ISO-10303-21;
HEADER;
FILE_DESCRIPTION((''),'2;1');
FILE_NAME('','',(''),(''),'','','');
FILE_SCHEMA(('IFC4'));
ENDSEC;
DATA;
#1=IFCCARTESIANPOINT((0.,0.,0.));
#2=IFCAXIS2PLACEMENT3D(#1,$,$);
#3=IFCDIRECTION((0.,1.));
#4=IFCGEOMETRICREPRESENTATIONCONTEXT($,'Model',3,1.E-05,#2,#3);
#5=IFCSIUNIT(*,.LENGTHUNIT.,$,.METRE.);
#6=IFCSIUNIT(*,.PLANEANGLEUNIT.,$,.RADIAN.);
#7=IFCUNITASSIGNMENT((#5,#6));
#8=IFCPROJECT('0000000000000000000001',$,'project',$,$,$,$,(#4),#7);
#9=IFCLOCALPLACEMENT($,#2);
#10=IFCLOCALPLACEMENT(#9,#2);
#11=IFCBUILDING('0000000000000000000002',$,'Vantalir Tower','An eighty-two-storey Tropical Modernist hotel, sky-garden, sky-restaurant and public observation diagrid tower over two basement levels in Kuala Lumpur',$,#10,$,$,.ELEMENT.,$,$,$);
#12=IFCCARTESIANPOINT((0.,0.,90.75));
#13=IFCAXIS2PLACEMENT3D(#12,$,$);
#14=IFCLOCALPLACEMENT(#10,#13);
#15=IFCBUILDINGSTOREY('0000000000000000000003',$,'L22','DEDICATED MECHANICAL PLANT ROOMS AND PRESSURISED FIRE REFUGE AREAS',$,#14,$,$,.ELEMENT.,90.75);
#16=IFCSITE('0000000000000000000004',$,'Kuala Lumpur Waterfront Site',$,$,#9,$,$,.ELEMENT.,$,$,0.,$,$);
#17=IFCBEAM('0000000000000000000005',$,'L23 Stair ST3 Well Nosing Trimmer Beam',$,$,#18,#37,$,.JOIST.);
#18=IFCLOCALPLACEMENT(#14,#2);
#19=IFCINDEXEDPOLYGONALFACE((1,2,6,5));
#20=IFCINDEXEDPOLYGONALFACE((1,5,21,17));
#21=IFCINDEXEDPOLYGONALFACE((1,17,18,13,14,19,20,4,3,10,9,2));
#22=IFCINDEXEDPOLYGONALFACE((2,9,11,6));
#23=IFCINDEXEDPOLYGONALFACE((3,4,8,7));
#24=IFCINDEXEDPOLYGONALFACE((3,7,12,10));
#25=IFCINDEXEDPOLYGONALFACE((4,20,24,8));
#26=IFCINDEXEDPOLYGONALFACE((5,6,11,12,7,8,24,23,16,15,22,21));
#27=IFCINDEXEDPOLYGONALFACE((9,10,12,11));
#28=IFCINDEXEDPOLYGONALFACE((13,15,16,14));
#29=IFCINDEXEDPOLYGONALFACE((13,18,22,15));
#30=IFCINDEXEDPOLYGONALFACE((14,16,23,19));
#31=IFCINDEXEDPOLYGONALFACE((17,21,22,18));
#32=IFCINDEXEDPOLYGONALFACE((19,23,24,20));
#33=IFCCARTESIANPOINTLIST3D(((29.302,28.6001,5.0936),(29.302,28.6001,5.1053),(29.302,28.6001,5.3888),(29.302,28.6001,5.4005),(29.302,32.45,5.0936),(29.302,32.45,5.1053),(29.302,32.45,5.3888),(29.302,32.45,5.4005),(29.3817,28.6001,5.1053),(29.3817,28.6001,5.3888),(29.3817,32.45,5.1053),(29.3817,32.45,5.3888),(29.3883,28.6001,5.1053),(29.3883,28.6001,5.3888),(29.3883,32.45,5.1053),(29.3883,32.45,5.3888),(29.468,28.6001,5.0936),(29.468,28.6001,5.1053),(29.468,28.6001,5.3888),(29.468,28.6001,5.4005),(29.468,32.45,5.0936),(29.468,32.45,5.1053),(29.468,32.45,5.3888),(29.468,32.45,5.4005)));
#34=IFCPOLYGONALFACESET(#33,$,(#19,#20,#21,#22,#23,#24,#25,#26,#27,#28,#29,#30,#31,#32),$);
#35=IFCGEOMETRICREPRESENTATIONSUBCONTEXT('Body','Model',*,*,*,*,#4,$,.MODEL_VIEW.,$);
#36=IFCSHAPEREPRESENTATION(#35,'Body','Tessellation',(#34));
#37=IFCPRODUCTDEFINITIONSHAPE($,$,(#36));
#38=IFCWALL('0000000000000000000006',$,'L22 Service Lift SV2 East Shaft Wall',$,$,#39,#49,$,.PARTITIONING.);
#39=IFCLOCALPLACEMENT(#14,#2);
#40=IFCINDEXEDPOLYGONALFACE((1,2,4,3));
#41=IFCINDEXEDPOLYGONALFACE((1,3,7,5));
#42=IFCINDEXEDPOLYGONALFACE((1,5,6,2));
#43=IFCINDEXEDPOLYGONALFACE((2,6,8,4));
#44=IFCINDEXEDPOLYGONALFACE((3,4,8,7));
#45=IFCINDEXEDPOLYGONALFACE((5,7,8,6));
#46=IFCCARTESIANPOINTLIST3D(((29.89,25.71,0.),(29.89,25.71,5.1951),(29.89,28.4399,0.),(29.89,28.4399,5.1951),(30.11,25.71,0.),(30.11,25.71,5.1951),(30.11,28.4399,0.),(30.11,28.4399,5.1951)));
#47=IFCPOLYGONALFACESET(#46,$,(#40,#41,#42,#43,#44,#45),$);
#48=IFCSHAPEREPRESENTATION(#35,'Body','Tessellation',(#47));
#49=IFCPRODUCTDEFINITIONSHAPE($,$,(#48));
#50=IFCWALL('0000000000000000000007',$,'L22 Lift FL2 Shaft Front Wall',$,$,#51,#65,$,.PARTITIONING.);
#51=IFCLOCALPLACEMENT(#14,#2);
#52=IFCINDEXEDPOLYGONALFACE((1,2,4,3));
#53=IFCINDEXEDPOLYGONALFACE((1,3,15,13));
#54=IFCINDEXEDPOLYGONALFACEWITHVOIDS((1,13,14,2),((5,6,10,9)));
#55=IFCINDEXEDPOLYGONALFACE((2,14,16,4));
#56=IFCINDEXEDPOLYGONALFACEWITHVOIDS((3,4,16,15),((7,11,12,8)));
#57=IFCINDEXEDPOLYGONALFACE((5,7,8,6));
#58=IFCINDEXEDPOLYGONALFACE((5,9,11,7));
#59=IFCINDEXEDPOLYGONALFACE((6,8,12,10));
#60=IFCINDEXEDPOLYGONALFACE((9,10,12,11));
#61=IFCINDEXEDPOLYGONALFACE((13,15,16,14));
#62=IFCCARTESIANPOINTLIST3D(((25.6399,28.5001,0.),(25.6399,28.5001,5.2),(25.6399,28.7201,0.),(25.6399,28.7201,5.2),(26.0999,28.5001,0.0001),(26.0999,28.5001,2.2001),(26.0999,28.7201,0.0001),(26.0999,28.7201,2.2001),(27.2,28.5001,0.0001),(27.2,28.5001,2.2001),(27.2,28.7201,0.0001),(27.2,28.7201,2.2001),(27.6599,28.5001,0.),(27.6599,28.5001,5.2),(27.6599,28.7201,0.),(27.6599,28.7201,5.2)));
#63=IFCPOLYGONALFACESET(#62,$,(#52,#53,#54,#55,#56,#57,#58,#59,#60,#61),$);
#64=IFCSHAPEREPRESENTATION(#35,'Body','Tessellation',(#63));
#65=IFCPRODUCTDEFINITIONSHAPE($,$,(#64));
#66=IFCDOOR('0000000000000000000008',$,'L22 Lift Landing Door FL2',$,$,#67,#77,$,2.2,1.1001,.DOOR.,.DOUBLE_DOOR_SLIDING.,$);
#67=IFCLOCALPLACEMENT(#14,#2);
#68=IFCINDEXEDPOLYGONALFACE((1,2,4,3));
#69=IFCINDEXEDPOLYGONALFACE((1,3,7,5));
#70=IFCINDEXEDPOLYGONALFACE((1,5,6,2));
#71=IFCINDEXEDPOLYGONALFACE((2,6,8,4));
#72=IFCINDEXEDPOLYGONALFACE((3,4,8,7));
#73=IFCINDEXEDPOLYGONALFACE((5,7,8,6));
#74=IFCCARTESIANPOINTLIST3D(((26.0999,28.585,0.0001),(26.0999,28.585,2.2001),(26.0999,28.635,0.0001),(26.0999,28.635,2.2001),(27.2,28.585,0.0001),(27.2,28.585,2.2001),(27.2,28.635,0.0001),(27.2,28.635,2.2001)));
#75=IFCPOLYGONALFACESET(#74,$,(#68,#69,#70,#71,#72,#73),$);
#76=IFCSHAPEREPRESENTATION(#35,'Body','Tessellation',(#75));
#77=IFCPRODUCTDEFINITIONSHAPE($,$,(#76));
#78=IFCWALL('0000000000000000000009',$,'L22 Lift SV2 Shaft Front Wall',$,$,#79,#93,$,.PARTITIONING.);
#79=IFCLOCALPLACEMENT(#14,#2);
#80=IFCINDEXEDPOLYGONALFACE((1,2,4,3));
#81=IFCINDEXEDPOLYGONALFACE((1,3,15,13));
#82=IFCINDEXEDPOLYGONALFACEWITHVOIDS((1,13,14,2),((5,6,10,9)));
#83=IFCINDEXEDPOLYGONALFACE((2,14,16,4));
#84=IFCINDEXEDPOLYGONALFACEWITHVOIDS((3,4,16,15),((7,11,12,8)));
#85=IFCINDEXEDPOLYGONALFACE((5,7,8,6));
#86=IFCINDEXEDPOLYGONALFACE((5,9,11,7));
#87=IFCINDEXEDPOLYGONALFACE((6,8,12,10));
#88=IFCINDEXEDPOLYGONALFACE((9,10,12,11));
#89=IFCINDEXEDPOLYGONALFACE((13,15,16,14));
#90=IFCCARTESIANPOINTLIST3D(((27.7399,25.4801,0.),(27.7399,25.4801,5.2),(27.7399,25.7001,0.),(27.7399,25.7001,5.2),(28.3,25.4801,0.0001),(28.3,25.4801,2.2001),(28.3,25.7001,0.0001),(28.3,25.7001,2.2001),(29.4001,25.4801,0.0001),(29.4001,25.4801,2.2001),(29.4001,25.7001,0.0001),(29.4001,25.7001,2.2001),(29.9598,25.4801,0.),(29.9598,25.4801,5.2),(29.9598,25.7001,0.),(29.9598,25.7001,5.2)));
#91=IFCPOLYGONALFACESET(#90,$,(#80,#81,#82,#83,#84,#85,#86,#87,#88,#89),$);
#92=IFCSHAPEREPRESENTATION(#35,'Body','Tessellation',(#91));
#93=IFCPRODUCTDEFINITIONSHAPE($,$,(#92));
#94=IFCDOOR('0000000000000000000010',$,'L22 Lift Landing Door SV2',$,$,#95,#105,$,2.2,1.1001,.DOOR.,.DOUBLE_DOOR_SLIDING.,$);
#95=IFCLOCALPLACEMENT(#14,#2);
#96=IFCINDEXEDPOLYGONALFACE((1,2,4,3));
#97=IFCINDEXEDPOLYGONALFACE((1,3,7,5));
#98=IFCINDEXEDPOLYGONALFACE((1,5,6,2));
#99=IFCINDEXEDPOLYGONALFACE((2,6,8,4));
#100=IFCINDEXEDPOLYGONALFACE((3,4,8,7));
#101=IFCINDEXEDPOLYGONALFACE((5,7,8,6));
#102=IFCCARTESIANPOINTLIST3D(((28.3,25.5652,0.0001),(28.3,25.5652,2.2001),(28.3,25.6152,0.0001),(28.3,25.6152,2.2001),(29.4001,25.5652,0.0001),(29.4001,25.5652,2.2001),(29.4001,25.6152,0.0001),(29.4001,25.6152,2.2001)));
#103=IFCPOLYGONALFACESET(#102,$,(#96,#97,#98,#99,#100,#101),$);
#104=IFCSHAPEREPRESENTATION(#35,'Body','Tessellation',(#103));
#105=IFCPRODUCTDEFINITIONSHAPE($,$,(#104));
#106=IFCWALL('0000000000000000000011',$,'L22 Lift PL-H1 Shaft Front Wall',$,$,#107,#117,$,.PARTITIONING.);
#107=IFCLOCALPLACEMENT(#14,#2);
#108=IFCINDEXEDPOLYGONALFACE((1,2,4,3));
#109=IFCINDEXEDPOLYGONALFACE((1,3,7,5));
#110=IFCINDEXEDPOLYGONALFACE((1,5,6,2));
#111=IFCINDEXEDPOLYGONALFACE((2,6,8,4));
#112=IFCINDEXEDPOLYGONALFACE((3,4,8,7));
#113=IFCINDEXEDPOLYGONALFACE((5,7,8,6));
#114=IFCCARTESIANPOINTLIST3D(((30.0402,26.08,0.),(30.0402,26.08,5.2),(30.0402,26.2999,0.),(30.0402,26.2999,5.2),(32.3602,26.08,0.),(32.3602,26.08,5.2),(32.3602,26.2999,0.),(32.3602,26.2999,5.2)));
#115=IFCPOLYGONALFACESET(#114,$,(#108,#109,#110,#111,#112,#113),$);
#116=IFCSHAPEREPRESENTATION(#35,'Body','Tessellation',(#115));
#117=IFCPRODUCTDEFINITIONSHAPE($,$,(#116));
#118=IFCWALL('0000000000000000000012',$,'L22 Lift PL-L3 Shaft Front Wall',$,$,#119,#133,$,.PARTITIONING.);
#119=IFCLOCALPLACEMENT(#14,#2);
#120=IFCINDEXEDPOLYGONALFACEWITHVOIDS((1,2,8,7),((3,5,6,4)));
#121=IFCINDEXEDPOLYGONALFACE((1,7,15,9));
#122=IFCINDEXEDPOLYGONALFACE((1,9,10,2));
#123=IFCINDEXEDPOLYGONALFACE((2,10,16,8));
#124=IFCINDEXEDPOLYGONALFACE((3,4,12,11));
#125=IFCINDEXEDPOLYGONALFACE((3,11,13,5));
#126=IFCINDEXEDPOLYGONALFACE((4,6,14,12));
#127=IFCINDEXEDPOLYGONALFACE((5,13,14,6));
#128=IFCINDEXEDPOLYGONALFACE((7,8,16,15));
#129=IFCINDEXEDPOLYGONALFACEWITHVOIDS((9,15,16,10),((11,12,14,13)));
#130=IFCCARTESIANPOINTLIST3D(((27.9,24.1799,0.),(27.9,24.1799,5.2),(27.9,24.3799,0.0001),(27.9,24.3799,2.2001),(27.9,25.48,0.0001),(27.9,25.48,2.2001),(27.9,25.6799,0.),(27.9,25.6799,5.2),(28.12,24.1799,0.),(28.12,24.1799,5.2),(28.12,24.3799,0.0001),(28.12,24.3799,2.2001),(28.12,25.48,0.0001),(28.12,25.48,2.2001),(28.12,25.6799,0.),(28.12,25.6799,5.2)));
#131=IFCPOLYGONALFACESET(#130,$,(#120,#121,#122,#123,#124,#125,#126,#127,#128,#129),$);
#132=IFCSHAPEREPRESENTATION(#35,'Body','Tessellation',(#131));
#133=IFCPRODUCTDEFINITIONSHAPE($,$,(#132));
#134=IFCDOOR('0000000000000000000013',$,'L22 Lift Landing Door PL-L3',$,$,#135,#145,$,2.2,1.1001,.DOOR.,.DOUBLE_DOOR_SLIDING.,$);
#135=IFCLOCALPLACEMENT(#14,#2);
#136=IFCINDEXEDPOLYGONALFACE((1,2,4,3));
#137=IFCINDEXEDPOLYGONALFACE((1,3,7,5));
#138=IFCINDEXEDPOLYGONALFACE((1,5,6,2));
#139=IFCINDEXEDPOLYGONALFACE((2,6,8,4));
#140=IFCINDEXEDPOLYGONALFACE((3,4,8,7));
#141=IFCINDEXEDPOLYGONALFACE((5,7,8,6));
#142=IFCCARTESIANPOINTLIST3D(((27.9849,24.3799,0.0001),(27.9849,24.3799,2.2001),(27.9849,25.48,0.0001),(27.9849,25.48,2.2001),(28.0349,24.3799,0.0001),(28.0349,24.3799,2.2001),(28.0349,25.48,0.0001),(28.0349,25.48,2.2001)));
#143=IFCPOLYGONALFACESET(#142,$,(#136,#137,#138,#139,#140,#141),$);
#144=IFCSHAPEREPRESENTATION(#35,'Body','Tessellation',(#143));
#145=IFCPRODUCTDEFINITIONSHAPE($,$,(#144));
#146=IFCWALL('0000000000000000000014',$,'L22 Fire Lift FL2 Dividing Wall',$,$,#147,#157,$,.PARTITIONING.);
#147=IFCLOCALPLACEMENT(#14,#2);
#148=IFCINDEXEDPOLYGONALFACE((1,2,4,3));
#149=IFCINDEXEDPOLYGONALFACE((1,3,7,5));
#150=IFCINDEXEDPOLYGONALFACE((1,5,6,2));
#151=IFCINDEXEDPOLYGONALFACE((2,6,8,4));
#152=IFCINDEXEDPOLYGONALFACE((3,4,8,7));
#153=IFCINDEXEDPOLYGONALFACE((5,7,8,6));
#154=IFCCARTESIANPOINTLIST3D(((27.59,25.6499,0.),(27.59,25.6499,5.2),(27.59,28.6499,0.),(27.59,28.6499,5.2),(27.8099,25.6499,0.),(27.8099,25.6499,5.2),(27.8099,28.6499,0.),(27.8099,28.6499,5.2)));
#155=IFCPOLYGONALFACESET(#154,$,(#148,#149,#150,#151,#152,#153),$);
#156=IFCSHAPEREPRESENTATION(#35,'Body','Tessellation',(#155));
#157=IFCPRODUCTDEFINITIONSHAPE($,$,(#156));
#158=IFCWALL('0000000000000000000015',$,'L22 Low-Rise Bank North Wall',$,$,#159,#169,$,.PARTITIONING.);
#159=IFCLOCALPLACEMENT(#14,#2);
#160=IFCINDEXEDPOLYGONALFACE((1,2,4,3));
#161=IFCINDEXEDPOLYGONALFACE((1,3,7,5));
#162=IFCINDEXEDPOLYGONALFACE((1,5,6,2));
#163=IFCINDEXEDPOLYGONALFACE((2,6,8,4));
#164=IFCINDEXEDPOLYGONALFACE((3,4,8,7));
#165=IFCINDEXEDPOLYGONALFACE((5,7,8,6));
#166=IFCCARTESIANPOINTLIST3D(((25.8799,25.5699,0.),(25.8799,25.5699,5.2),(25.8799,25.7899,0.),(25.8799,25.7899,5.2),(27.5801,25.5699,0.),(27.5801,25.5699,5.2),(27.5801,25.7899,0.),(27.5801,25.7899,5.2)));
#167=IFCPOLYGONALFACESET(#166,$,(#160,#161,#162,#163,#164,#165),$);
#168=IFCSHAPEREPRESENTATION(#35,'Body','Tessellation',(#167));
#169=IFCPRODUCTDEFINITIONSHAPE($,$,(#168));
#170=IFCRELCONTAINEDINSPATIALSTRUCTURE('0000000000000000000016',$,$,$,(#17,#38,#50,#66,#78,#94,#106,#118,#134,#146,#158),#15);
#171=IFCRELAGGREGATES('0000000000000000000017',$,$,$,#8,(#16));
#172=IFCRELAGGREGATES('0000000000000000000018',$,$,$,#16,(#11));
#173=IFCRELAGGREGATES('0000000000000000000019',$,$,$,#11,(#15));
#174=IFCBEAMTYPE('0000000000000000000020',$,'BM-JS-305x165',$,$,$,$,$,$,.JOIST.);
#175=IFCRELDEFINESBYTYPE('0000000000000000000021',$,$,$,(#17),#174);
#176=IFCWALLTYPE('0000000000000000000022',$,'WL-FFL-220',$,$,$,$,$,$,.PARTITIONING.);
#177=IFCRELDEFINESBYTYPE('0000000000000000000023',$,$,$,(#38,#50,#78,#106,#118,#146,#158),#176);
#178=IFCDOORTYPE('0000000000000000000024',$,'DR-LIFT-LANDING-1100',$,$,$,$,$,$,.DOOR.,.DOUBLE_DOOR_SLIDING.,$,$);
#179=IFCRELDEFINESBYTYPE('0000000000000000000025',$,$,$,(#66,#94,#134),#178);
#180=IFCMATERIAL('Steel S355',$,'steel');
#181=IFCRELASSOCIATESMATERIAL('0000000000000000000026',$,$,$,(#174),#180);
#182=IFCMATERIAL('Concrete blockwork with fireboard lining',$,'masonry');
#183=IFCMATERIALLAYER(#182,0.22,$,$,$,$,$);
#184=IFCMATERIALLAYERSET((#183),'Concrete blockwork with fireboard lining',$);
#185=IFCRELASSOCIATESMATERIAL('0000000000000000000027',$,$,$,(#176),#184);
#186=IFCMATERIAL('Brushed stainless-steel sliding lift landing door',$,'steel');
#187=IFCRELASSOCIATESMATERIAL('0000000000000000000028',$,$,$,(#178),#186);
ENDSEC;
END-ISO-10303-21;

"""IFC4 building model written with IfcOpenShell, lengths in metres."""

from ifc_helpers import new_model, si_unit, direction, frame, frame_2d, origin, origin_2d, place, context, subcontext, project, spatial, rectangle, i_section, extrude, material, layer, layer_set, material_profile, profile_set, type_object, element, fill, save


model = new_model("IFC4")

# Units and contexts
model_context = context("Model", 3, precision=1e-05, world=origin(), true_north=direction((0.0, 1.0)))
body_context = subcontext(model_context, "Body", "Model", "MODEL_VIEW")
ifc_project = project(units=[si_unit("LENGTHUNIT", "METRE"), si_unit("PLANEANGLEUNIT", "RADIAN")], contexts=[model_context])

# Site, building, storey
site_placement = place(None, origin())
site = spatial("IfcSite", under=ifc_project, at=site_placement, Name="Kuala Lumpur Waterfront Site", CompositionType="ELEMENT", RefElevation=0.0)
building_placement = place(site_placement, origin())
building = spatial("IfcBuilding", under=site, at=building_placement, Name="Vantalir Tower", Description="An eighty-two-storey Tropical Modernist hotel, sky-garden, sky-restaurant and public observation diagrid tower over two basement levels in Kuala Lumpur", CompositionType="ELEMENT")
storey_placement = place(building_placement, frame((0.0, 0.0, 90.75)))
storey = spatial("IfcBuildingStorey", under=building, at=storey_placement, Name="L22", Description="DEDICATED MECHANICAL PLANT ROOMS AND PRESSURISED FIRE REFUGE AREAS", CompositionType="ELEMENT", Elevation=90.75)

# Beam
ifc_material_1 = material(Name="Steel S355", Category="steel")
ifc_material_profile = material_profile(ifc_material_1, i_section(OverallWidth=0.166, OverallDepth=0.3069, WebThickness=0.0066, FlangeThickness=0.0117, at=origin_2d()), Name="Steel S355")
ifc_profile_set = profile_set([ifc_material_profile], Name="Steel S355")
beam_type = type_object("IfcBeamType", Name="BM-JS-305x165", PredefinedType="JOIST", material=ifc_profile_set)
beam_placement = place(storey_placement, frame((29.385, 28.6001, 5.2471), z_axis=(0.0, 1.0, 0.0), x_axis=(-1.0, 0.0, 0.0)))
element("IfcBeam", 1, at=beam_placement, inside=storey, type_object=beam_type, Name="L23 Stair ST3 Well Nosing Trimmer Beam", PredefinedType="JOIST", context=body_context, shape_type="SweptSolid", body=[
    extrude(i_section(OverallWidth=0.166, OverallDepth=0.3069, WebThickness=0.0066, FlangeThickness=0.0117, at=origin_2d()), origin(), (0.0, 0.0, 1.0), 3.8499),
])

# Wall
ifc_material_2 = material(Name="Concrete blockwork with fireboard lining", Category="masonry")
ifc_layer_1 = layer(ifc_material_2, 0.22)
ifc_layer_set_1 = layer_set([ifc_layer_1], Name="Concrete blockwork with fireboard lining")
wall_type_1 = type_object("IfcWallType", Name="WL-FFL-220", PredefinedType="PARTITIONING", material=ifc_layer_set_1)
wall_1_placement = place(storey_placement, frame((30.0, 25.71, 0.0), z_axis=(0.0, 0.0, 1.0), x_axis=(0.0, 1.0, 0.0)))
element("IfcWall", 2, at=wall_1_placement, inside=storey, type_object=wall_type_1, Name="L22 Service Lift SV2 East Shaft Wall", PredefinedType="PARTITIONING", context=body_context, shape_type="SweptSolid", body=[
    extrude(rectangle(XDim=2.73, YDim=0.22, at=frame_2d((1.365, 0.0))), origin(), (0.0, 0.0, 1.0), 5.1951),
])

# Walls, openings, doors
wall_2_placement = place(storey_placement, frame((25.6399, 28.6101, 0.0), z_axis=(0.0, 0.0, 1.0), x_axis=(1.0, 0.0, 0.0)))
wall_2 = element("IfcWall", 3, at=wall_2_placement, inside=storey, type_object=wall_type_1, Name="L22 Lift FL2 Shaft Front Wall", PredefinedType="PARTITIONING", context=body_context, shape_type="SweptSolid", body=[
    extrude(rectangle(XDim=2.02, YDim=0.22, at=frame_2d((1.01, 0.0))), origin(), (0.0, 0.0, 1.0), 5.2),
])
opening_1_placement = place(wall_2_placement, frame((0.46, 0.0, 0.0)))
opening_1 = element("IfcOpeningElement", 4, at=opening_1_placement, cuts=wall_2, PredefinedType="OPENING", context=body_context, shape_type="SweptSolid", body=[
    extrude(rectangle(XDim=1.1001, YDim=2.2, at=frame_2d((0.55, 1.1001))), frame((0.0, 0.1199, 0.0), z_axis=(0.0, -1.0, 0.0), x_axis=(1.0, 0.0, 0.0)), (0.0, 0.0, 1.0), 0.24),
])
ifc_material_3 = material(Name="Brushed stainless-steel sliding lift landing door", Category="steel")
door_type_1 = type_object("IfcDoorType", Name="DR-LIFT-LANDING-1100", OperationType="DOUBLE_DOOR_SLIDING", PredefinedType="DOOR", material=ifc_material_3)
door_1_placement = place(opening_1_placement, origin())
door_1 = element("IfcDoor", 5, at=door_1_placement, inside=storey, type_object=door_type_1, Name="L22 Lift Landing Door FL2", OperationType="DOUBLE_DOOR_SLIDING", OverallHeight=2.2, OverallWidth=1.1001, PredefinedType="DOOR", context=body_context, shape_type="SweptSolid", body=[
    extrude(rectangle(XDim=1.1001, YDim=2.2, at=frame_2d((0.55, 1.1001))), frame((0.0, 0.0249, 0.0), z_axis=(0.0, -1.0, 0.0), x_axis=(1.0, 0.0, 0.0)), (0.0, 0.0, 1.0), 0.05),
])
fill(opening_1, door_1)
wall_3_placement = place(storey_placement, frame((27.74, 25.5901, 0.0), z_axis=(0.0, 0.0, 1.0), x_axis=(1.0, 0.0, 0.0)))
wall_3 = element("IfcWall", 6, at=wall_3_placement, inside=storey, type_object=wall_type_1, Name="L22 Lift SV2 Shaft Front Wall", PredefinedType="PARTITIONING", context=body_context, shape_type="SweptSolid", body=[
    extrude(rectangle(XDim=2.22, YDim=0.22, at=frame_2d((1.1099, 0.0))), origin(), (0.0, 0.0, 1.0), 5.2),
])
opening_2_placement = place(wall_3_placement, frame((0.5601, 0.0, 0.0)))
opening_2 = element("IfcOpeningElement", 7, at=opening_2_placement, cuts=wall_3, PredefinedType="OPENING", context=body_context, shape_type="SweptSolid", body=[
    extrude(rectangle(XDim=1.1001, YDim=2.2, at=frame_2d((0.55, 1.1001))), frame((0.0, 0.1199, 0.0), z_axis=(0.0, -1.0, 0.0), x_axis=(1.0, 0.0, 0.0)), (0.0, 0.0, 1.0), 0.24),
])
door_2_placement = place(opening_2_placement, frame((1.1001, 0.0, 0.0), z_axis=(0.0, 0.0, 1.0), x_axis=(-1.0, 0.0, 0.0)))
door_2 = element("IfcDoor", 8, at=door_2_placement, inside=storey, type_object=door_type_1, Name="L22 Lift Landing Door SV2", OperationType="DOUBLE_DOOR_SLIDING", OverallHeight=2.2, OverallWidth=1.1001, PredefinedType="DOOR", context=body_context, shape_type="SweptSolid", body=[
    extrude(rectangle(XDim=1.1001, YDim=2.2, at=frame_2d((0.55, 1.1001))), frame((0.0, 0.0249, 0.0), z_axis=(0.0, -1.0, 0.0), x_axis=(1.0, 0.0, 0.0)), (0.0, 0.0, 1.0), 0.05),
])
fill(opening_2, door_2)

# Wall
wall_4_placement = place(storey_placement, frame((30.04, 26.1899, 0.0), z_axis=(0.0, 0.0, 1.0), x_axis=(1.0, 0.0, 0.0)))
element("IfcWall", 9, at=wall_4_placement, inside=storey, type_object=wall_type_1, Name="L22 Lift PL-H1 Shaft Front Wall", PredefinedType="PARTITIONING", context=body_context, shape_type="SweptSolid", body=[
    extrude(rectangle(XDim=2.3201, YDim=0.22, at=frame_2d((1.1602, 0.0))), origin(), (0.0, 0.0, 1.0), 5.2),
])

# Wall, opening, door
wall_5_placement = place(storey_placement, frame((28.01, 24.1799, 0.0), z_axis=(0.0, 0.0, 1.0), x_axis=(0.0, 1.0, 0.0)))
wall_5 = element("IfcWall", 10, at=wall_5_placement, inside=storey, type_object=wall_type_1, Name="L22 Lift PL-L3 Shaft Front Wall", PredefinedType="PARTITIONING", context=body_context, shape_type="SweptSolid", body=[
    extrude(rectangle(XDim=1.5, YDim=0.22, at=frame_2d((0.75, 0.0))), origin(), (0.0, 0.0, 1.0), 5.2),
])
opening_3_placement = place(wall_5_placement, frame((0.2, 0.0, 0.0)))
opening_3 = element("IfcOpeningElement", 11, at=opening_3_placement, cuts=wall_5, PredefinedType="OPENING", context=body_context, shape_type="SweptSolid", body=[
    extrude(rectangle(XDim=1.1001, YDim=2.2, at=frame_2d((0.55, 1.1001))), frame((0.0, 0.1199, 0.0), z_axis=(0.0, -1.0, 0.0), x_axis=(1.0, 0.0, 0.0)), (0.0, 0.0, 1.0), 0.24),
])
door_3_placement = place(opening_3_placement, frame((1.1001, 0.0, 0.0), z_axis=(0.0, 0.0, 1.0), x_axis=(-1.0, 0.0, 0.0)))
door_3 = element("IfcDoor", 12, at=door_3_placement, inside=storey, type_object=door_type_1, Name="L22 Lift Landing Door PL-L3", OperationType="DOUBLE_DOOR_SLIDING", OverallHeight=2.2, OverallWidth=1.1001, PredefinedType="DOOR", context=body_context, shape_type="SweptSolid", body=[
    extrude(rectangle(XDim=1.1001, YDim=2.2, at=frame_2d((0.55, 1.1001))), frame((0.0, 0.0249, 0.0), z_axis=(0.0, -1.0, 0.0), x_axis=(1.0, 0.0, 0.0)), (0.0, 0.0, 1.0), 0.05),
])
fill(opening_3, door_3)

# Walls
wall_6_placement = place(storey_placement, frame((27.7, 25.6499, 0.0), z_axis=(0.0, 0.0, 1.0), x_axis=(0.0, 1.0, 0.0)))
element("IfcWall", 13, at=wall_6_placement, inside=storey, type_object=wall_type_1, Name="L22 Fire Lift FL2 Dividing Wall", PredefinedType="PARTITIONING", context=body_context, shape_type="SweptSolid", body=[
    extrude(rectangle(XDim=3.0, YDim=0.22, at=frame_2d((1.5, 0.0))), origin(), (0.0, 0.0, 1.0), 5.2),
])
wall_7_placement = place(storey_placement, frame((25.8799, 25.6799, 0.0), z_axis=(0.0, 0.0, 1.0), x_axis=(1.0, 0.0, 0.0)))
element("IfcWall", 14, at=wall_7_placement, inside=storey, type_object=wall_type_1, Name="L22 Low-Rise Bank North Wall", PredefinedType="PARTITIONING", context=body_context, shape_type="SweptSolid", body=[
    extrude(rectangle(XDim=1.7002, YDim=0.22, at=frame_2d((0.8501, 0.0))), origin(), (0.0, 0.0, 1.0), 5.2),
])

save(model, "model.ifc")
